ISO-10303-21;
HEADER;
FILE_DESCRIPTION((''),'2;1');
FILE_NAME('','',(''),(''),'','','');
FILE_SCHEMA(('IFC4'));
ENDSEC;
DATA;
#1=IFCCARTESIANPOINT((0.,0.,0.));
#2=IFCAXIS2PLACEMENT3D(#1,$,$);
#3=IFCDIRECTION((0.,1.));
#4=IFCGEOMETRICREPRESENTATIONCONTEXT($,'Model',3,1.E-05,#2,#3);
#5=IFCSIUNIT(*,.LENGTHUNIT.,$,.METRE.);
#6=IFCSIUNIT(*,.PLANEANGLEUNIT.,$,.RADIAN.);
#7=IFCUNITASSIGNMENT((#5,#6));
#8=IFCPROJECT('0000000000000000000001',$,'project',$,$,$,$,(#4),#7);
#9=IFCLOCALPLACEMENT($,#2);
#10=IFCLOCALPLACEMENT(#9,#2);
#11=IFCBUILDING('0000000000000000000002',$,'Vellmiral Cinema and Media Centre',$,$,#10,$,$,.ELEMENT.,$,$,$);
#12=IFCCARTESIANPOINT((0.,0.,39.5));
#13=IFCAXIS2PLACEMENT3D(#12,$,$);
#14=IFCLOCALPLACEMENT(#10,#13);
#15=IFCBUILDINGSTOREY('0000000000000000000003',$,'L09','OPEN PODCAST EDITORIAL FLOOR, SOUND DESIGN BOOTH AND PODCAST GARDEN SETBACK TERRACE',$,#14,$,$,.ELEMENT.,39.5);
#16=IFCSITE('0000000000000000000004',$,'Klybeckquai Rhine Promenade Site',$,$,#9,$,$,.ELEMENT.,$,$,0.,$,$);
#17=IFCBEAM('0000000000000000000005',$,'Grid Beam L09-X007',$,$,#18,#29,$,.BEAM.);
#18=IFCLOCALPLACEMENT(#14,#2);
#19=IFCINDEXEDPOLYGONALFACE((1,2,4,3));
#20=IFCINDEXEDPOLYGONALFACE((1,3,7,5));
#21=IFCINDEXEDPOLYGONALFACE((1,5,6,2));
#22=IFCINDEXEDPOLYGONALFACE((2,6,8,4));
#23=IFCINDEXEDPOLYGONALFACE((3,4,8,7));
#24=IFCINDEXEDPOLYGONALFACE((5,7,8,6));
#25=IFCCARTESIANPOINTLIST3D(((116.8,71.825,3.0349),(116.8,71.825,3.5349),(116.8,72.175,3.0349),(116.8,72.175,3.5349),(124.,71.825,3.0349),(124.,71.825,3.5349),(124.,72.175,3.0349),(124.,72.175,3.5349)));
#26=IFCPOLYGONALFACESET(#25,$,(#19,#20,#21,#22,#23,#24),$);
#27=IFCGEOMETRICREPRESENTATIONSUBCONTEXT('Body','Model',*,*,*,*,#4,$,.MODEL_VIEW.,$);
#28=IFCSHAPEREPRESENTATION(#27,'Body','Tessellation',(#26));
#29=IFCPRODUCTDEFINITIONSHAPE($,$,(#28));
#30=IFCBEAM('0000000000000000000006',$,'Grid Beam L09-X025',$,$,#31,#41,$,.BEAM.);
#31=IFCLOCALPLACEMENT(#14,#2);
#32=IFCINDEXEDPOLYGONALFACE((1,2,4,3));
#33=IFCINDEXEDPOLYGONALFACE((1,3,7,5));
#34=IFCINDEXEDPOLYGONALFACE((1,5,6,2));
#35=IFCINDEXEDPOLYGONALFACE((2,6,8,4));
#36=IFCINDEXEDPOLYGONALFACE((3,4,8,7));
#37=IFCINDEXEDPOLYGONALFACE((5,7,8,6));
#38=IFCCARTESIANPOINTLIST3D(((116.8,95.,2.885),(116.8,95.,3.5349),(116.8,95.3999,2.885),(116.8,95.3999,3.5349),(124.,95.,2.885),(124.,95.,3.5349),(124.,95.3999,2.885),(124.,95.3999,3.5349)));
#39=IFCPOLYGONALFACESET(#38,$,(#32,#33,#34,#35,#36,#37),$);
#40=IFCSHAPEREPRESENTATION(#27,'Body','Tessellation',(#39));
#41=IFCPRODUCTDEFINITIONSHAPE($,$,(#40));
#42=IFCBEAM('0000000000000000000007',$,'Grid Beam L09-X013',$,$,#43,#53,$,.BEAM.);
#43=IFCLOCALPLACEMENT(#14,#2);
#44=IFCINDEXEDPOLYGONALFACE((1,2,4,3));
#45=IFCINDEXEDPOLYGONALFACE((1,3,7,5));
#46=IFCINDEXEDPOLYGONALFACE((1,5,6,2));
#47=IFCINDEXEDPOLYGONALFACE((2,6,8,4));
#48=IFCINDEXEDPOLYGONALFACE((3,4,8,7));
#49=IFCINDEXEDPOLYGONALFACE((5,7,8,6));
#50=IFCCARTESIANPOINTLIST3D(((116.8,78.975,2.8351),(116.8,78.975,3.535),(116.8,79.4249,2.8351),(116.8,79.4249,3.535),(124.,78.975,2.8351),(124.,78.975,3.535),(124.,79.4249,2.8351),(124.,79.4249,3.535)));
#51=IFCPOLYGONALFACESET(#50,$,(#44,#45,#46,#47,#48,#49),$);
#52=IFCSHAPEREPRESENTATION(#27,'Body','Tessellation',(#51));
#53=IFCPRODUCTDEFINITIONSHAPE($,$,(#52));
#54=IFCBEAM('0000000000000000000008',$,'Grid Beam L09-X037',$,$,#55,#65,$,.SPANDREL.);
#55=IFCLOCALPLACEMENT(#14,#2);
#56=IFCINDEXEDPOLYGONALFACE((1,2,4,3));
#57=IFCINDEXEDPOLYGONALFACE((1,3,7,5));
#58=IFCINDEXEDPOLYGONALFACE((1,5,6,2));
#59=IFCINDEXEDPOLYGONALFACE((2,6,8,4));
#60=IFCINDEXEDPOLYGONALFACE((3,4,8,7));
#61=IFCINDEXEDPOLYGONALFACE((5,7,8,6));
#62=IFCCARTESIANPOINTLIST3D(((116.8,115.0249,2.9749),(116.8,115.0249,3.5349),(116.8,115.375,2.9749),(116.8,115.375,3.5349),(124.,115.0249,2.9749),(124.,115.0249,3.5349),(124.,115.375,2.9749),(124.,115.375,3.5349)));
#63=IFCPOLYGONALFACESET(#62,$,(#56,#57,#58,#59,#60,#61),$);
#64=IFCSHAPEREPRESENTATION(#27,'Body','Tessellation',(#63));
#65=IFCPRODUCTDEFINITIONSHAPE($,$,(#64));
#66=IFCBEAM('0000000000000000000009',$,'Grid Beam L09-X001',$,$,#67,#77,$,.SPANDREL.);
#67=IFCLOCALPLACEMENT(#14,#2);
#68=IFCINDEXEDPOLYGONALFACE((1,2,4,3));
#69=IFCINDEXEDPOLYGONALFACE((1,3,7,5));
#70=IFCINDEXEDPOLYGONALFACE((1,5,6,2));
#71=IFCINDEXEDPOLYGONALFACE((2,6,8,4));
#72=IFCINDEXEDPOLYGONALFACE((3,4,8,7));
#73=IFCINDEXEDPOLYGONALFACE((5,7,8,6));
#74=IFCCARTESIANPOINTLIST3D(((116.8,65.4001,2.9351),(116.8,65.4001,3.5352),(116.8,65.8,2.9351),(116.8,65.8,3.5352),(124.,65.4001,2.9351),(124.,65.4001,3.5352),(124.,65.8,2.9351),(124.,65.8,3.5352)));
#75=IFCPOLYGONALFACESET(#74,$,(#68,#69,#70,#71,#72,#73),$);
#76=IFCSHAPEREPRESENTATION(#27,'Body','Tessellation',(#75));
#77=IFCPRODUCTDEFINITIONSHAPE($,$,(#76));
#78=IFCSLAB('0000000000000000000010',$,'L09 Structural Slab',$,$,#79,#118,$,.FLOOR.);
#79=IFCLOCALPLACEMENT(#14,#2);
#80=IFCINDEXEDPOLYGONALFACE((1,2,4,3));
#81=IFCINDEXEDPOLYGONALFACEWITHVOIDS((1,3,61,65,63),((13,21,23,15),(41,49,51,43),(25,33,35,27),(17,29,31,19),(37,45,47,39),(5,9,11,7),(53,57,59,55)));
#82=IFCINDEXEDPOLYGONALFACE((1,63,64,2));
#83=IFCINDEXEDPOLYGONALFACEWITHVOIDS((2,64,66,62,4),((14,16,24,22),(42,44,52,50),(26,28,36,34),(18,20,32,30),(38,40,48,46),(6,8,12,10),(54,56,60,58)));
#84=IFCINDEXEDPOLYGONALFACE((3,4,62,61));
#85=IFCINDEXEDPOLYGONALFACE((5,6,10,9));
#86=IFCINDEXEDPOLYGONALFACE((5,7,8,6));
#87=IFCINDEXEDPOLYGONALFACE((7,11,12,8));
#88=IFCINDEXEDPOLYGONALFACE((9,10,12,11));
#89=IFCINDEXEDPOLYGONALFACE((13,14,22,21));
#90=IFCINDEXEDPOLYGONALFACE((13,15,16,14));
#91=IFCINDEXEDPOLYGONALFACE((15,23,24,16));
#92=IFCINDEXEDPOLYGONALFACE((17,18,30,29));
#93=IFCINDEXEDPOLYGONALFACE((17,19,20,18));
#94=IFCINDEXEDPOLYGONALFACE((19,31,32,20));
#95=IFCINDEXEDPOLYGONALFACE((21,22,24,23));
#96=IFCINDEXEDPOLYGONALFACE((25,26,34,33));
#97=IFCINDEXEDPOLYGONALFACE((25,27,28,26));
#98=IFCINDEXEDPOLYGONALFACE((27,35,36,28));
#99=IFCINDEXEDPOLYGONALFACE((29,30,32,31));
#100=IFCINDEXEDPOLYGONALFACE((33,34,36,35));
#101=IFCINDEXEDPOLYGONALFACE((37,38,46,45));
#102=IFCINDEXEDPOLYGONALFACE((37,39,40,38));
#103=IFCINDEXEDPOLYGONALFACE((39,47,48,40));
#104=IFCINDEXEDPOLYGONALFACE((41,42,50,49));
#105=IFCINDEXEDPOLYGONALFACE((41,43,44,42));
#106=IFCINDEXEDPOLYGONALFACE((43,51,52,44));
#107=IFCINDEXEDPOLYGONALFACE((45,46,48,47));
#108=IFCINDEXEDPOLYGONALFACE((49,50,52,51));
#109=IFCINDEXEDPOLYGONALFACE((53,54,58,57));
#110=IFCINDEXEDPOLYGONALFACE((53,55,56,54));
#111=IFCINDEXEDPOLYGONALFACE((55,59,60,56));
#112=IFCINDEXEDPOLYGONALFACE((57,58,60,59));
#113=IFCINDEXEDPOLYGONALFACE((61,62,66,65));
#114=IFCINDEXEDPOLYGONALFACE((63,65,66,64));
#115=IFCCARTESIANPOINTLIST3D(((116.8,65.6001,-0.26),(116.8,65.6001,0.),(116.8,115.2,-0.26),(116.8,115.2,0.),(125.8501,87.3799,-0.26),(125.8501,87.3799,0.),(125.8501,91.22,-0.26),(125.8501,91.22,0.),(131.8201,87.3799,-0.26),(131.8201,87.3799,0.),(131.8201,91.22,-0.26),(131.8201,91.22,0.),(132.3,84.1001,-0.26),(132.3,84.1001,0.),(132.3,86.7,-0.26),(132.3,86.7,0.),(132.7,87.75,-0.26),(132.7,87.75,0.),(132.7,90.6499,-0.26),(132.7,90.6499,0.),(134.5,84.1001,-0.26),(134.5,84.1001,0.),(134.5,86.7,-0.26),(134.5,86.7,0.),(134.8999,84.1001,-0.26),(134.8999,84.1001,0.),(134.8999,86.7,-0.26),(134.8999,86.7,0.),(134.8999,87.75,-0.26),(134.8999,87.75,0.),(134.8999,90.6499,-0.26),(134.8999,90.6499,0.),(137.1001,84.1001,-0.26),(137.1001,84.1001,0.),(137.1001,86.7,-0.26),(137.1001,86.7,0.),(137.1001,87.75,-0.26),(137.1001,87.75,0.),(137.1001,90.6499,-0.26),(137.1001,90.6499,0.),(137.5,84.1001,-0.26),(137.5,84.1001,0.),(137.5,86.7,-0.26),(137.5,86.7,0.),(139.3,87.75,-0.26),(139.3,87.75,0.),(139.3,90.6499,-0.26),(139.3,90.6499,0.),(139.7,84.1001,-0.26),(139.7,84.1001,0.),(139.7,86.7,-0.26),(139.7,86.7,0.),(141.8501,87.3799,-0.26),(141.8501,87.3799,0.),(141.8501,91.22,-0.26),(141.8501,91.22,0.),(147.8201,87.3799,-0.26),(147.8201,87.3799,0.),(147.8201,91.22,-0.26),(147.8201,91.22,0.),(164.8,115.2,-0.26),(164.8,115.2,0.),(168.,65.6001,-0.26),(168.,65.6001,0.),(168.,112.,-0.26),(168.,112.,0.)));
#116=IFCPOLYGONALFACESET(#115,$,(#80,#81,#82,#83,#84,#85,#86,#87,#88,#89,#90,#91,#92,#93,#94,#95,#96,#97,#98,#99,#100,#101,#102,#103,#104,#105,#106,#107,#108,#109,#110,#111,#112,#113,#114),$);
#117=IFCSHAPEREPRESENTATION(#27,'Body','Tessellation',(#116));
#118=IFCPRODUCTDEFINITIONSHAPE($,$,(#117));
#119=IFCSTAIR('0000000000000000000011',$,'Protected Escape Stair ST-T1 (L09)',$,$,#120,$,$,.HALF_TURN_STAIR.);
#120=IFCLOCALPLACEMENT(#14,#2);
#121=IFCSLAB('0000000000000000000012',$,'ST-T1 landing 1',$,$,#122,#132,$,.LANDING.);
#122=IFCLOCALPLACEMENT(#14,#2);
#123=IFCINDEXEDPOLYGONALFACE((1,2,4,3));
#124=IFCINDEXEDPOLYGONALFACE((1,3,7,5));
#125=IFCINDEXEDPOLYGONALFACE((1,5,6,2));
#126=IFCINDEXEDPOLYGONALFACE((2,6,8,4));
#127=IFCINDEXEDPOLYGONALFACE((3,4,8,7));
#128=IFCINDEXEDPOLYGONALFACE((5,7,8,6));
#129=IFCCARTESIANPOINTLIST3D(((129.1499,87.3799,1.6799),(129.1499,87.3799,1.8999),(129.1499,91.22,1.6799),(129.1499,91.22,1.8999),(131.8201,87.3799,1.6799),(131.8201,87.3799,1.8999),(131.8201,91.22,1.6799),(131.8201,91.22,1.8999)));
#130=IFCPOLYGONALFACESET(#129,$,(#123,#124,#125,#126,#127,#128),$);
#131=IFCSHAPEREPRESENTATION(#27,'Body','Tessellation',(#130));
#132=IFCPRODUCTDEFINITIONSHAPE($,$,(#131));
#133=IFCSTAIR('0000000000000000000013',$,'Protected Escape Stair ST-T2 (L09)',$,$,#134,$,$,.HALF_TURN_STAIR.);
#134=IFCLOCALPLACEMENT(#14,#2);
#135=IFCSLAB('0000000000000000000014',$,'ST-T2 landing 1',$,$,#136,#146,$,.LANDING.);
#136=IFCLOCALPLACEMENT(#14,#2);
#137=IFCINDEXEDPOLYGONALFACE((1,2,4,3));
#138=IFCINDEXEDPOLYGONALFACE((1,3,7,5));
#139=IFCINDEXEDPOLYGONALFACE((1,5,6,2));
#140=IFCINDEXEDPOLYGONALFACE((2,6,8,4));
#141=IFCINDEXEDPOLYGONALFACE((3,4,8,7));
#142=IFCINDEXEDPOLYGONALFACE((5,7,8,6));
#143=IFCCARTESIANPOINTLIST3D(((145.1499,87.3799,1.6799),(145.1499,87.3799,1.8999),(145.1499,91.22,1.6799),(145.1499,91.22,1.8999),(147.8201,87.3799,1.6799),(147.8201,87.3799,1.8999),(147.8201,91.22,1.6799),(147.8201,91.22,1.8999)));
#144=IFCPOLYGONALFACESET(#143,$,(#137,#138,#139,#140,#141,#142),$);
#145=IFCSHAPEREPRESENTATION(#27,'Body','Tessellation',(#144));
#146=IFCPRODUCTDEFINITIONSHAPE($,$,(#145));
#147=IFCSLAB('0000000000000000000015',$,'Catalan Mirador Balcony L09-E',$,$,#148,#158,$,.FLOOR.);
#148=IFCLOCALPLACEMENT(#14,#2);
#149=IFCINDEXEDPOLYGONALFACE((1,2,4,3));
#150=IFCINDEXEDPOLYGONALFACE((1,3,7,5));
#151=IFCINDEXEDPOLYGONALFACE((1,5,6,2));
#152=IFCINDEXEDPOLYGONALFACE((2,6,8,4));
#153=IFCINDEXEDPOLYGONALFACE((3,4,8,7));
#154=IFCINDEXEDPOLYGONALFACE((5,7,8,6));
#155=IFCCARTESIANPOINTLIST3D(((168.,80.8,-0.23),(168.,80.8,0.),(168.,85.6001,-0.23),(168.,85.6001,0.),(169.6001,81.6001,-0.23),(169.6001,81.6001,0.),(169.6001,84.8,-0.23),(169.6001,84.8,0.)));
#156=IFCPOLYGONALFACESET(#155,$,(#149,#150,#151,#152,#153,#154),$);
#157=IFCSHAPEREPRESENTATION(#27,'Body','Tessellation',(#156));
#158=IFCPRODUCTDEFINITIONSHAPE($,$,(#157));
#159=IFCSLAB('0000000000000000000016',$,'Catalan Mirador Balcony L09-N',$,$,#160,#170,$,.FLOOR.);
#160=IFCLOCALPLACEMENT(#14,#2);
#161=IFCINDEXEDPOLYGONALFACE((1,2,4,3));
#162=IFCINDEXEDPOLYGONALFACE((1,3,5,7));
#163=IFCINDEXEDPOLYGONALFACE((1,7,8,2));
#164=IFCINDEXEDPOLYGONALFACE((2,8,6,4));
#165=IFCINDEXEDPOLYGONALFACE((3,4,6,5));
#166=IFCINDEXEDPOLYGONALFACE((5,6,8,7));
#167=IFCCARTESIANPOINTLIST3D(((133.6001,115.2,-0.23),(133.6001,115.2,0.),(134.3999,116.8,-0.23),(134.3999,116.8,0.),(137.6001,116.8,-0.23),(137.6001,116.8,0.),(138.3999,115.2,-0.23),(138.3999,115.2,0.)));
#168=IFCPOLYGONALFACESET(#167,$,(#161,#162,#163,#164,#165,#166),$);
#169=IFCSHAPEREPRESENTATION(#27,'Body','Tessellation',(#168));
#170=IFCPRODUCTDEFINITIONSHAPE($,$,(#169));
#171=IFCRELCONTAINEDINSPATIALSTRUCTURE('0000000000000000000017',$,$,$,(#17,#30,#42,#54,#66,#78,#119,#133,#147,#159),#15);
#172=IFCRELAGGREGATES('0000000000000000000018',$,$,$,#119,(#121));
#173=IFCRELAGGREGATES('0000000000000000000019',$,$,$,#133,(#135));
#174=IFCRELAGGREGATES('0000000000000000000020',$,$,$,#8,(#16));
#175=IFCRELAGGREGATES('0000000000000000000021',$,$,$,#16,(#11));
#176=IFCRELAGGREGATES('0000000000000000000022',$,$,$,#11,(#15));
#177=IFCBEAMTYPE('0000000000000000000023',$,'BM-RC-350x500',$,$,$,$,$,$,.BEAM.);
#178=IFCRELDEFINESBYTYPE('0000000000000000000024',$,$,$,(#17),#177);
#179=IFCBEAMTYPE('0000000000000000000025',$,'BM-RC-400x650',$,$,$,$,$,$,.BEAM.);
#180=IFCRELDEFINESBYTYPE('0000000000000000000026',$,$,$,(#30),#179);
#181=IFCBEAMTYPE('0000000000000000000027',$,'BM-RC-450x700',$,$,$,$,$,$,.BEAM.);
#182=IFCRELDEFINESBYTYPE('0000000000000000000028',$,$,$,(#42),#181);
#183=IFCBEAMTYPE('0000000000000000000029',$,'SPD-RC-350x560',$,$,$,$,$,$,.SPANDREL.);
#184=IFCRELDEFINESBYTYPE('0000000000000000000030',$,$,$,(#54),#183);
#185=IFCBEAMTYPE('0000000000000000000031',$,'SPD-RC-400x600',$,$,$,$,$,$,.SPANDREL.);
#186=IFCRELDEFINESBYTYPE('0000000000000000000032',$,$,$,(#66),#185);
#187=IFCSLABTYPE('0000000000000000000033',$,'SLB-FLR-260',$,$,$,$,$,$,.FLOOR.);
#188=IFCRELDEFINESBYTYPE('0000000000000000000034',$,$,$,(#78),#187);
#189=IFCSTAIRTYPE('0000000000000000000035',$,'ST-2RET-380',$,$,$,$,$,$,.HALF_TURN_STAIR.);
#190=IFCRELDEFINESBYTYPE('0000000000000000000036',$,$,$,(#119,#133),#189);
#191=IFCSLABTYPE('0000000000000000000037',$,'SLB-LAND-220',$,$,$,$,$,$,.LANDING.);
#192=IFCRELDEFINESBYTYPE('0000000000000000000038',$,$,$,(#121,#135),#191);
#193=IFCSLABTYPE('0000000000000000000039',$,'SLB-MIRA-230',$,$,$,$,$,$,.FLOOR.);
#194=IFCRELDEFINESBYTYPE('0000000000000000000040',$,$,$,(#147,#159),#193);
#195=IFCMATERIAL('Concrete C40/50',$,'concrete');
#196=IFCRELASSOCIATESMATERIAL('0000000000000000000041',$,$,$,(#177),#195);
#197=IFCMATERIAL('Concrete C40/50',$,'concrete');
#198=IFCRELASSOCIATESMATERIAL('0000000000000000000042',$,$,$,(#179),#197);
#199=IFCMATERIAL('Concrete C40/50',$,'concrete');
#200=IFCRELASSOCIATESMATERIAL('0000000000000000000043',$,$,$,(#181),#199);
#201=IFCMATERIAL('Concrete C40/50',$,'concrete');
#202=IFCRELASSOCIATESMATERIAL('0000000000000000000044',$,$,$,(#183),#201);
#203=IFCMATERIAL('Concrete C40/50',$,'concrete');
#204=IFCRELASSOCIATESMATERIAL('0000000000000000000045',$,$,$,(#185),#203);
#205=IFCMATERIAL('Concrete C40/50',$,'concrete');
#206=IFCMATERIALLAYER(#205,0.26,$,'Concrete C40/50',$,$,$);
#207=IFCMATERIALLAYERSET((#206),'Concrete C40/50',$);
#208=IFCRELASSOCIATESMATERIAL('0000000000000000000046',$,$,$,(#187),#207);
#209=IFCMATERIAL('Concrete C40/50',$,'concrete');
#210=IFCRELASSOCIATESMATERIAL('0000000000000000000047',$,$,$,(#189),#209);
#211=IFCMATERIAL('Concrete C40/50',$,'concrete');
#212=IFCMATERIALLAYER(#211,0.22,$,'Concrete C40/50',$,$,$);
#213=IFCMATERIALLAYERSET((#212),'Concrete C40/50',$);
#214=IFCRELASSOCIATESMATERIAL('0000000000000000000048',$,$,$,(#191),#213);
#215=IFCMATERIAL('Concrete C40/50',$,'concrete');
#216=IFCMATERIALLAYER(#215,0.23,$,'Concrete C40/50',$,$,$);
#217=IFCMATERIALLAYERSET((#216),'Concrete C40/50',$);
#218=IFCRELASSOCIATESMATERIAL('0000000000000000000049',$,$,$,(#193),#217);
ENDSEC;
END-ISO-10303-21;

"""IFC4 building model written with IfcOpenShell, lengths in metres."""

from ifc_helpers import new_model, si_unit, direction, frame, origin, origin_2d, place, context, subcontext, project, spatial, polyline, rectangle, outline, extrude, material, layer, layer_set, material_profile, profile_set, type_object, element, aggregate, save


model = new_model("IFC4")

# Units and contexts
model_context = context("Model", 3, precision=1e-05, world=origin(), true_north=direction((0.0, 1.0)))
body_context = subcontext(model_context, "Body", "Model", "MODEL_VIEW")
ifc_project = project(units=[si_unit("LENGTHUNIT", "METRE"), si_unit("PLANEANGLEUNIT", "RADIAN")], contexts=[model_context])

# Site, building, storey
site_placement = place(None, origin())
site = spatial("IfcSite", under=ifc_project, at=site_placement, Name="Klybeckquai Rhine Promenade Site", CompositionType="ELEMENT", RefElevation=0.0)
building_placement = place(site_placement, origin())
building = spatial("IfcBuilding", under=site, at=building_placement, Name="Vellmiral Cinema and Media Centre", CompositionType="ELEMENT")
storey_placement = place(building_placement, frame((0.0, 0.0, 39.5)))
storey = spatial("IfcBuildingStorey", under=building, at=storey_placement, Name="L09", Description="OPEN PODCAST EDITORIAL FLOOR, SOUND DESIGN BOOTH AND PODCAST GARDEN SETBACK TERRACE", CompositionType="ELEMENT", Elevation=39.5)

# Beams
ifc_material_1 = material(Name="Concrete C40/50", Category="concrete")
ifc_material_profile_1 = material_profile(ifc_material_1, rectangle(XDim=0.3501, YDim=0.5, at=origin_2d()), Name="RC 350x500")
ifc_profile_set_1 = profile_set([ifc_material_profile_1], Name="Concrete C40/50")
beam_type_1 = type_object("IfcBeamType", Name="BM-RC-350x500", PredefinedType="BEAM", material=ifc_profile_set_1)
beam_1_placement = place(storey_placement, frame((116.8, 72.0, 3.2849), z_axis=(1.0, 0.0, 0.0), x_axis=(0.0, 1.0, 0.0)))
element("IfcBeam", 1, at=beam_1_placement, inside=storey, type_object=beam_type_1, Name="Grid Beam L09-X007", PredefinedType="BEAM", context=body_context, shape_type="SweptSolid", body=[
    extrude(rectangle(XDim=0.3501, YDim=0.5, at=origin_2d()), origin(), (0.0, 0.0, 1.0), 7.2),
])
ifc_material_2 = material(Name="Concrete C40/50", Category="concrete")
ifc_material_profile_2 = material_profile(ifc_material_2, rectangle(XDim=0.3999, YDim=0.6499, at=origin_2d()), Name="RC 400x650")
ifc_profile_set_2 = profile_set([ifc_material_profile_2], Name="Concrete C40/50")
beam_type_2 = type_object("IfcBeamType", Name="BM-RC-400x650", PredefinedType="BEAM", material=ifc_profile_set_2)
beam_2_placement = place(storey_placement, frame((116.8, 95.2, 3.21), z_axis=(1.0, 0.0, 0.0), x_axis=(0.0, 1.0, 0.0)))
element("IfcBeam", 2, at=beam_2_placement, inside=storey, type_object=beam_type_2, Name="Grid Beam L09-X025", PredefinedType="BEAM", context=body_context, shape_type="SweptSolid", body=[
    extrude(rectangle(XDim=0.3999, YDim=0.6499, at=origin_2d()), origin(), (0.0, 0.0, 1.0), 7.2),
])
ifc_material_3 = material(Name="Concrete C40/50", Category="concrete")
ifc_material_profile_3 = material_profile(ifc_material_3, rectangle(XDim=0.45, YDim=0.7, at=origin_2d()), Name="RC 450x700")
ifc_profile_set_3 = profile_set([ifc_material_profile_3], Name="Concrete C40/50")
beam_type_3 = type_object("IfcBeamType", Name="BM-RC-450x700", PredefinedType="BEAM", material=ifc_profile_set_3)
beam_3_placement = place(storey_placement, frame((116.8, 79.2, 3.1851), z_axis=(1.0, 0.0, 0.0), x_axis=(0.0, 1.0, 0.0)))
element("IfcBeam", 3, at=beam_3_placement, inside=storey, type_object=beam_type_3, Name="Grid Beam L09-X013", PredefinedType="BEAM", context=body_context, shape_type="SweptSolid", body=[
    extrude(rectangle(XDim=0.45, YDim=0.7, at=origin_2d()), origin(), (0.0, 0.0, 1.0), 7.2),
])
ifc_material_4 = material(Name="Concrete C40/50", Category="concrete")
ifc_material_profile_4 = material_profile(ifc_material_4, rectangle(XDim=0.3501, YDim=0.5601, at=origin_2d()), Name="RC 350x560")
ifc_profile_set_4 = profile_set([ifc_material_profile_4], Name="Concrete C40/50")
beam_type_4 = type_object("IfcBeamType", Name="SPD-RC-350x560", PredefinedType="SPANDREL", material=ifc_profile_set_4)
beam_4_placement = place(storey_placement, frame((116.8, 115.2, 3.2549), z_axis=(1.0, 0.0, 0.0), x_axis=(0.0, 1.0, 0.0)))
element("IfcBeam", 4, at=beam_4_placement, inside=storey, type_object=beam_type_4, Name="Grid Beam L09-X037", PredefinedType="SPANDREL", context=body_context, shape_type="SweptSolid", body=[
    extrude(rectangle(XDim=0.3501, YDim=0.5601, at=origin_2d()), origin(), (0.0, 0.0, 1.0), 7.2),
])
ifc_material_5 = material(Name="Concrete C40/50", Category="concrete")
ifc_material_profile_5 = material_profile(ifc_material_5, rectangle(XDim=0.3999, YDim=0.6001, at=origin_2d()), Name="RC 400x600")
ifc_profile_set_5 = profile_set([ifc_material_profile_5], Name="Concrete C40/50")
beam_type_5 = type_object("IfcBeamType", Name="SPD-RC-400x600", PredefinedType="SPANDREL", material=ifc_profile_set_5)
beam_5_placement = place(storey_placement, frame((116.8, 65.6001, 3.2351), z_axis=(1.0, 0.0, 0.0), x_axis=(0.0, 1.0, 0.0)))
element("IfcBeam", 5, at=beam_5_placement, inside=storey, type_object=beam_type_5, Name="Grid Beam L09-X001", PredefinedType="SPANDREL", context=body_context, shape_type="SweptSolid", body=[
    extrude(rectangle(XDim=0.3999, YDim=0.6001, at=origin_2d()), origin(), (0.0, 0.0, 1.0), 7.2),
])

# Slab
ifc_material_6 = material(Name="Concrete C40/50", Category="concrete")
ifc_layer_1 = layer(ifc_material_6, 0.26, Name="Concrete C40/50")
ifc_layer_set_1 = layer_set([ifc_layer_1], Name="Concrete C40/50")
slab_type_1 = type_object("IfcSlabType", Name="SLB-FLR-260", PredefinedType="FLOOR", material=ifc_layer_set_1)
slab_1_placement = place(storey_placement, frame((0.0, 0.0, -0.26)))
element("IfcSlab", 6, at=slab_1_placement, inside=storey, type_object=slab_type_1, Name="L09 Structural Slab", PredefinedType="FLOOR", context=body_context, shape_type="SweptSolid", body=[
    extrude(outline(polyline([(116.8, 65.6001), (168.0, 65.6001), (168.0, 112.0), (164.8, 115.2), (116.8, 115.2), (116.8, 65.6001)]), holes=[polyline([(125.8501, 87.3799), (131.8201, 87.3799), (131.8201, 91.22), (125.8501, 91.22), (125.8501, 87.3799)]), polyline([(141.8501, 87.3799), (147.8201, 87.3799), (147.8201, 91.22), (141.8501, 91.22), (141.8501, 87.3799)]), polyline([(132.7, 87.75), (134.8999, 87.75), (134.8999, 90.6499), (132.7, 90.6499), (132.7, 87.75)]), polyline([(137.1001, 87.75), (139.3, 87.75), (139.3, 90.6499), (137.1001, 90.6499), (137.1001, 87.75)]), polyline([(132.3, 84.1001), (134.5, 84.1001), (134.5, 86.7), (132.3, 86.7), (132.3, 84.1001)]), polyline([(134.8999, 84.1001), (137.1001, 84.1001), (137.1001, 86.7), (134.8999, 86.7), (134.8999, 84.1001)]), polyline([(137.5, 84.1001), (139.7, 84.1001), (139.7, 86.7), (137.5, 86.7), (137.5, 84.1001)])]), origin(), (0.0, 0.0, 1.0), 0.26),
])

# Stairs, slabs
ifc_material_7 = material(Name="Concrete C40/50", Category="concrete")
stair_type = type_object("IfcStairType", Name="ST-2RET-380", PredefinedType="HALF_TURN_STAIR", material=ifc_material_7)
stair_1_placement = place(storey_placement, origin())
stair_1 = element("IfcStair", 7, at=stair_1_placement, inside=storey, type_object=stair_type, Name="Protected Escape Stair ST-T1 (L09)", PredefinedType="HALF_TURN_STAIR")
ifc_material_8 = material(Name="Concrete C40/50", Category="concrete")
ifc_layer_2 = layer(ifc_material_8, 0.22, Name="Concrete C40/50")
ifc_layer_set_2 = layer_set([ifc_layer_2], Name="Concrete C40/50")
slab_type_2 = type_object("IfcSlabType", Name="SLB-LAND-220", PredefinedType="LANDING", material=ifc_layer_set_2)
slab_2_placement = place(storey_placement, frame((0.0, 0.0, 1.6799)))
slab_2 = element("IfcSlab", 8, at=slab_2_placement, type_object=slab_type_2, Name="ST-T1 landing 1", PredefinedType="LANDING", context=body_context, shape_type="SweptSolid", body=[
    extrude(outline(polyline([(129.1499, 87.3799), (131.8201, 87.3799), (131.8201, 91.22), (129.1499, 91.22), (129.1499, 87.3799)])), origin(), (0.0, 0.0, 1.0), 0.22),
])
aggregate(stair_1, [slab_2])
stair_2_placement = place(storey_placement, origin())
stair_2 = element("IfcStair", 9, at=stair_2_placement, inside=storey, type_object=stair_type, Name="Protected Escape Stair ST-T2 (L09)", PredefinedType="HALF_TURN_STAIR")
slab_3_placement = place(storey_placement, frame((0.0, 0.0, 1.6799)))
slab_3 = element("IfcSlab", 10, at=slab_3_placement, type_object=slab_type_2, Name="ST-T2 landing 1", PredefinedType="LANDING", context=body_context, shape_type="SweptSolid", body=[
    extrude(outline(polyline([(145.1499, 87.3799), (147.8201, 87.3799), (147.8201, 91.22), (145.1499, 91.22), (145.1499, 87.3799)])), origin(), (0.0, 0.0, 1.0), 0.22),
])
aggregate(stair_2, [slab_3])

# Slabs
ifc_material_9 = material(Name="Concrete C40/50", Category="concrete")
ifc_layer_3 = layer(ifc_material_9, 0.23, Name="Concrete C40/50")
ifc_layer_set_3 = layer_set([ifc_layer_3], Name="Concrete C40/50")
slab_type_3 = type_object("IfcSlabType", Name="SLB-MIRA-230", PredefinedType="FLOOR", material=ifc_layer_set_3)
slab_4_placement = place(storey_placement, frame((0.0, 0.0, -0.23)))
element("IfcSlab", 11, at=slab_4_placement, inside=storey, type_object=slab_type_3, Name="Catalan Mirador Balcony L09-E", PredefinedType="FLOOR", context=body_context, shape_type="SweptSolid", body=[
    extrude(outline(polyline([(168.0, 80.8), (169.6001, 81.6001), (169.6001, 84.8), (168.0, 85.6001), (168.0, 80.8)])), origin(), (0.0, 0.0, 1.0), 0.23),
])
slab_5_placement = place(storey_placement, frame((0.0, 0.0, -0.23)))
element("IfcSlab", 12, at=slab_5_placement, inside=storey, type_object=slab_type_3, Name="Catalan Mirador Balcony L09-N", PredefinedType="FLOOR", context=body_context, shape_type="SweptSolid", body=[
    extrude(outline(polyline([(133.6001, 115.2), (138.3999, 115.2), (137.6001, 116.8), (134.3999, 116.8), (133.6001, 115.2)])), origin(), (0.0, 0.0, 1.0), 0.23),
])

save(model, "model.ifc")
